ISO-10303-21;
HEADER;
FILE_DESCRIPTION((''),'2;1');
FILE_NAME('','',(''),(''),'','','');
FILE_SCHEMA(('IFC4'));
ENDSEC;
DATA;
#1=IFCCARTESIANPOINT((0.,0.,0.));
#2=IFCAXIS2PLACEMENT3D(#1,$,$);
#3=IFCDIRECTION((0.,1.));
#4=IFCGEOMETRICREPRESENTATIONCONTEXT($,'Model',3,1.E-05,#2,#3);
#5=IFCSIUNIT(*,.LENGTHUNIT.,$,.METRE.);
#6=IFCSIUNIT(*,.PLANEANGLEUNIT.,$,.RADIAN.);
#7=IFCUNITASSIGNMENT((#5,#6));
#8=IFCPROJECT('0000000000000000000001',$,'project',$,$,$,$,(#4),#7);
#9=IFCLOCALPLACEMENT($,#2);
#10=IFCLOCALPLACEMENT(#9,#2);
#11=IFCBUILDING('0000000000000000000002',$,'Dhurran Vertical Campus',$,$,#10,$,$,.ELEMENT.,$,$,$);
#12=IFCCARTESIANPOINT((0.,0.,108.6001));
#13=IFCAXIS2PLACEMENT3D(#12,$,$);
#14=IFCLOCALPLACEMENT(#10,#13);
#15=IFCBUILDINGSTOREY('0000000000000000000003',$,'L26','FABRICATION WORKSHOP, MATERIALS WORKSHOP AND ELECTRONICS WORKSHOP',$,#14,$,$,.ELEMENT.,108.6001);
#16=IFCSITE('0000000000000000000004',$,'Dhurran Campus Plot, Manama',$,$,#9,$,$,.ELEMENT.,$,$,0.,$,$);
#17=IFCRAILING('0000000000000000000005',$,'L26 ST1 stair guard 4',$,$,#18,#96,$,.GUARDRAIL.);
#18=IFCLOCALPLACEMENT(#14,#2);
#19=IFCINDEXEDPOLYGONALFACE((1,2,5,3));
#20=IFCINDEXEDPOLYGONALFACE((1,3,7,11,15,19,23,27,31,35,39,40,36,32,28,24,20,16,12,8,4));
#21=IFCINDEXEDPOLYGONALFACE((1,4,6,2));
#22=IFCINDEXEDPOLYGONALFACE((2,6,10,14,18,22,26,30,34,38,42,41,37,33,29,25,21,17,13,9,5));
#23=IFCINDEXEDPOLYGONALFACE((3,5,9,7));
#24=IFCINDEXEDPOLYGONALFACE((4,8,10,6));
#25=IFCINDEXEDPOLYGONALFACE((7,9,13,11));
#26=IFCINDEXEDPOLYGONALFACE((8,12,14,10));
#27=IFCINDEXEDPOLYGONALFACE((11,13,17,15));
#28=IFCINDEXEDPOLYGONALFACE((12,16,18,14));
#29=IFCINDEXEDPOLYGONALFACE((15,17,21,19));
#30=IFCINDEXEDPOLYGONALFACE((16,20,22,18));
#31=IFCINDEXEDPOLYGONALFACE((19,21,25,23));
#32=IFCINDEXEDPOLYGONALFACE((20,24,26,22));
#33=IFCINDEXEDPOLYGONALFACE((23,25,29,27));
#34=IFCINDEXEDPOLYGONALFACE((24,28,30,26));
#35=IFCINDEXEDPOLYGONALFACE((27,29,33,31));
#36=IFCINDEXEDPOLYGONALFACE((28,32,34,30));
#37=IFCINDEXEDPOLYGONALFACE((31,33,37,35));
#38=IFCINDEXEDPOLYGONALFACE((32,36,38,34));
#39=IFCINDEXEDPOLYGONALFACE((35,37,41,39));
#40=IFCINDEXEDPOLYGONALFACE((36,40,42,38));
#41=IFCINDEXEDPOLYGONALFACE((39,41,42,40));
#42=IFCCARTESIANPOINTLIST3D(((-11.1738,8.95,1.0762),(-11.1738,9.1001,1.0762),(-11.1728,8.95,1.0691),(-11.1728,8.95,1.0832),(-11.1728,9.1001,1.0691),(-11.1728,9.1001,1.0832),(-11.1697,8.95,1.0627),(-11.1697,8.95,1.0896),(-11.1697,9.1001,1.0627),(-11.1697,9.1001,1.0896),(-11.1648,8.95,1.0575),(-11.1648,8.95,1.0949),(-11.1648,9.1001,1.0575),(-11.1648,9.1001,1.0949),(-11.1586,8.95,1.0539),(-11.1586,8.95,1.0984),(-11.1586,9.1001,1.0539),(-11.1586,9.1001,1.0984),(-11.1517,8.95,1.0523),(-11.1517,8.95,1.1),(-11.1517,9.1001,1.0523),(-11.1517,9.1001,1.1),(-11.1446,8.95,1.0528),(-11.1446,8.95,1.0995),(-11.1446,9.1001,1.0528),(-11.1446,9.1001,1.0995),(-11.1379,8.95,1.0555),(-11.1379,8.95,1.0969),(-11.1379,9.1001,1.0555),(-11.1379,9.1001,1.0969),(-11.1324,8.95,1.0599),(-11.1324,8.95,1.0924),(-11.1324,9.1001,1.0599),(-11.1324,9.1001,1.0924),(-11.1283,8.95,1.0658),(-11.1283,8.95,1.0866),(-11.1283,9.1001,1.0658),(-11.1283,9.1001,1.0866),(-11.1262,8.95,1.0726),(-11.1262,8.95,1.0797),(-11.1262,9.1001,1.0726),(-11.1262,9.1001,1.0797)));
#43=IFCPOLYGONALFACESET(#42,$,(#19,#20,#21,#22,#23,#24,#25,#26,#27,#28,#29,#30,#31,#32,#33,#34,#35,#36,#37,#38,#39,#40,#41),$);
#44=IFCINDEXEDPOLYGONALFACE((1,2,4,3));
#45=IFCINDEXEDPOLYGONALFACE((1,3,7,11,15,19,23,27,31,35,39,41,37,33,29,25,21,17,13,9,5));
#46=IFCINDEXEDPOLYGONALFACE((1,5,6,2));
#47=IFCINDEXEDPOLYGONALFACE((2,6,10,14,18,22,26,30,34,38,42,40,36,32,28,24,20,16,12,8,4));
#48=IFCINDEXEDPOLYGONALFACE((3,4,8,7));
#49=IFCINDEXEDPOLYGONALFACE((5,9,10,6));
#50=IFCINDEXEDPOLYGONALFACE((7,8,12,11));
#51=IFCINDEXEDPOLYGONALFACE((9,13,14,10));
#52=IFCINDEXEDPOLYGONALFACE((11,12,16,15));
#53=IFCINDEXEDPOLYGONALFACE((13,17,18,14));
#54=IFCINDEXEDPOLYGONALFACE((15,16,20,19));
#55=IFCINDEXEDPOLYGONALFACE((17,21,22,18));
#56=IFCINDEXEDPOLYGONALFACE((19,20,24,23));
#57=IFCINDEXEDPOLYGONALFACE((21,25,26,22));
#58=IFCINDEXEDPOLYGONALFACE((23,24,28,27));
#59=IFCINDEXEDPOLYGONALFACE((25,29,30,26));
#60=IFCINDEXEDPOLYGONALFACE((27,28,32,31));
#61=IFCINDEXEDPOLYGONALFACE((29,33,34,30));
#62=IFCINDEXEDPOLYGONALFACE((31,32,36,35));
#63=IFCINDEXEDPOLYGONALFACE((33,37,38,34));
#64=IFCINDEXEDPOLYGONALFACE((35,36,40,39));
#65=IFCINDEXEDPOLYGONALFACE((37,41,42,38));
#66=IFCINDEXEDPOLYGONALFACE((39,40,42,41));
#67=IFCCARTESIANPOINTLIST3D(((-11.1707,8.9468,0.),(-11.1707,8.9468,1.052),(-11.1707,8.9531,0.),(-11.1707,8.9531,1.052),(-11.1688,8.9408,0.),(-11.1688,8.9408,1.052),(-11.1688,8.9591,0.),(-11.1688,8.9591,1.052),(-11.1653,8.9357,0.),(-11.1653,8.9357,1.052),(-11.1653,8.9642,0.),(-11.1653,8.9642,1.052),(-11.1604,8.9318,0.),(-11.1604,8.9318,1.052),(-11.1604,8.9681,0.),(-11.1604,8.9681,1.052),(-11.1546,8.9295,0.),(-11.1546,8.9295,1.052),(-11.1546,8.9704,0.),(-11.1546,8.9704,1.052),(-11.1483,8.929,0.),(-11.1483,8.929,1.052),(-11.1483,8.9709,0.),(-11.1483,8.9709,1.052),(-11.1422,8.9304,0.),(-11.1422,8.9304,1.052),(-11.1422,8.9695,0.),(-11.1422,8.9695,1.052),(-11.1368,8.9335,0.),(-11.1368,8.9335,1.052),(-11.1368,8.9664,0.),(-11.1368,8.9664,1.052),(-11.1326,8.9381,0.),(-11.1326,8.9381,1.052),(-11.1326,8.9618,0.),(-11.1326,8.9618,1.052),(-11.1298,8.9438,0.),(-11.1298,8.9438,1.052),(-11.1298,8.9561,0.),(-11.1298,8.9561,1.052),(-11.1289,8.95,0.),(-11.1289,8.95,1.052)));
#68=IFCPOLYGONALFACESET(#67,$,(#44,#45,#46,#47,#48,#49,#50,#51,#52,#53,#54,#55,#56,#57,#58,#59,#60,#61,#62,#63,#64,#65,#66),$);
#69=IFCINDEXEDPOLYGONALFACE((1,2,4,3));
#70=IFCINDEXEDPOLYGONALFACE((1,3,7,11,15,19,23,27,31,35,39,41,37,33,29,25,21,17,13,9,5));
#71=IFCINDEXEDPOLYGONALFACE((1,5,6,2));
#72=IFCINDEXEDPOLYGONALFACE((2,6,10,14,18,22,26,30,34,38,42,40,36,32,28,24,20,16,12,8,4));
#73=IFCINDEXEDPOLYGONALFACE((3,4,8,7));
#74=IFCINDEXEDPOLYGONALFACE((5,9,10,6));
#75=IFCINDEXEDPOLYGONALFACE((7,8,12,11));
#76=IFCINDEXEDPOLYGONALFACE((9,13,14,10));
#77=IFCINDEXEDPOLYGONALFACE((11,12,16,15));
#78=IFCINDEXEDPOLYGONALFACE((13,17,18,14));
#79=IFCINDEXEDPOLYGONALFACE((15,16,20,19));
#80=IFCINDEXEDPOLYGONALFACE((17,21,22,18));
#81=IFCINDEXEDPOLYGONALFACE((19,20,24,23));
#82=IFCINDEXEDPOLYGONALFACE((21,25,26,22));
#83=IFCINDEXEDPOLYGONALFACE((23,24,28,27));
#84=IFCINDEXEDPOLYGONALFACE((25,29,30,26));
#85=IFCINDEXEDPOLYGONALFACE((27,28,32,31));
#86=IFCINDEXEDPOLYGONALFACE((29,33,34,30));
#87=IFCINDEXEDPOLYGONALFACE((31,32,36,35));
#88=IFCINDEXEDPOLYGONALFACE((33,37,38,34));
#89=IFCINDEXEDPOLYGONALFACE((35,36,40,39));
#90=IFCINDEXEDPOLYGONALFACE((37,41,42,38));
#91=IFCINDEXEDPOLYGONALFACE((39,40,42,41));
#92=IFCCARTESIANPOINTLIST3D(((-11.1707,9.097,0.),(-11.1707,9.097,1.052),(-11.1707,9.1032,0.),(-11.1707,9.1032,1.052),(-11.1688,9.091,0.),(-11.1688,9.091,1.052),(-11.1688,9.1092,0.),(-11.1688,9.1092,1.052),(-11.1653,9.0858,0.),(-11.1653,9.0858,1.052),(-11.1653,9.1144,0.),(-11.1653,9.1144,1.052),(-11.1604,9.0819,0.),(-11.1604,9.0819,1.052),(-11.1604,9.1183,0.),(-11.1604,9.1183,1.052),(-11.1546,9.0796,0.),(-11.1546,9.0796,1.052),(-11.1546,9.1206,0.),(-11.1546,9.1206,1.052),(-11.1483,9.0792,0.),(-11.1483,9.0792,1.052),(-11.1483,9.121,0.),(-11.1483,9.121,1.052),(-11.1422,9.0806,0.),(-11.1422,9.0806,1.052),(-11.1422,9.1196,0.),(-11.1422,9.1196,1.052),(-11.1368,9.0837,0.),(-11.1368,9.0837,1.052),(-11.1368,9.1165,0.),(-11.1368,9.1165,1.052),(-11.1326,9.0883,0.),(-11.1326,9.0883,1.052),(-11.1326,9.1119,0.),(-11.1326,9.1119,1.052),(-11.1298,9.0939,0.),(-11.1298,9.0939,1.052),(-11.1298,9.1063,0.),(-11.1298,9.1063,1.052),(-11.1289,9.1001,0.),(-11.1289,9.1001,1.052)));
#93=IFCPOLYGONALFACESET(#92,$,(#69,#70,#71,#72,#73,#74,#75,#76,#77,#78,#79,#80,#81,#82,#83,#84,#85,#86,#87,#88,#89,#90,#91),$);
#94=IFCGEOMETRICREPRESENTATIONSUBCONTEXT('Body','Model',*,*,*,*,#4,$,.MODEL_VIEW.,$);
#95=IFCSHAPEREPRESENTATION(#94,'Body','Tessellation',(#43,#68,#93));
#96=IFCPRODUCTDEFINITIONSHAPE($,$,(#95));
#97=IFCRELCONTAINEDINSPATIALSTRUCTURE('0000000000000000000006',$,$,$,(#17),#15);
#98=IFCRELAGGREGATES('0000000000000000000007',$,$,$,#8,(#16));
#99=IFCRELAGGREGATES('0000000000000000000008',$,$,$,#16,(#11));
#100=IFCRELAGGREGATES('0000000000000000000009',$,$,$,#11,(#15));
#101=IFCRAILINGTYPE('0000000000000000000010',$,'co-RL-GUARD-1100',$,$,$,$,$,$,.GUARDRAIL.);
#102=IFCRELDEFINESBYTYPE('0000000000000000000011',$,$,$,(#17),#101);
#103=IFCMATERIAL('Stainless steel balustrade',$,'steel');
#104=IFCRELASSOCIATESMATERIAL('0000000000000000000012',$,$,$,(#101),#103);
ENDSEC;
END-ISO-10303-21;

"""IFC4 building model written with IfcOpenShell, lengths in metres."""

from ifc_helpers import new_model, si_unit, direction, frame, origin, origin_2d, place, context, subcontext, project, spatial, circle, extrude, material, type_object, element, save


model = new_model("IFC4")

# Units and contexts
model_context = context("Model", 3, precision=1e-05, world=origin(), true_north=direction((0.0, 1.0)))
body_context = subcontext(model_context, "Body", "Model", "MODEL_VIEW")
ifc_project = project(units=[si_unit("LENGTHUNIT", "METRE"), si_unit("PLANEANGLEUNIT", "RADIAN")], contexts=[model_context])

# Site, building, storey
site_placement = place(None, origin())
site = spatial("IfcSite", under=ifc_project, at=site_placement, Name="Dhurran Campus Plot, Manama", CompositionType="ELEMENT", RefElevation=0.0)
building_placement = place(site_placement, origin())
building = spatial("IfcBuilding", under=site, at=building_placement, Name="Dhurran Vertical Campus", CompositionType="ELEMENT")
storey_placement = place(building_placement, frame((0.0, 0.0, 108.6001)))
storey = spatial("IfcBuildingStorey", under=building, at=storey_placement, Name="L26", Description="FABRICATION WORKSHOP, MATERIALS WORKSHOP AND ELECTRONICS WORKSHOP", CompositionType="ELEMENT", Elevation=108.6001)

# Railing
ifc_material_1 = material(Name="Stainless steel balustrade", Category="steel")
railing_type_1 = type_object("IfcRailingType", Name="co-RL-GUARD-1100", PredefinedType="GUARDRAIL", material=ifc_material_1)
railing_1_placement = place(storey_placement, frame((-11.1499, 8.95, 0.0)))
element("IfcRailing", 1, at=railing_1_placement, inside=storey, type_object=railing_type_1, Name="L26 ST1 stair guard 4", PredefinedType="GUARDRAIL", context=body_context, shape_type="SweptSolid", body=[
    extrude(circle(Radius=0.0239, at=origin_2d()), frame((0.0, 0.0, 1.0762), z_axis=(0.0, 1.0, 0.0), x_axis=(-1.0, 0.0, 0.0)), (0.0, 0.0, 1.0), 0.1501),
    extrude(circle(Radius=0.021, at=origin_2d()), origin(), (0.0, 0.0, 1.0), 1.052),
    extrude(circle(Radius=0.021, at=origin_2d()), frame((0.0, 0.1501, 0.0)), (0.0, 0.0, 1.0), 1.052),
])

save(model, "model.ifc")
